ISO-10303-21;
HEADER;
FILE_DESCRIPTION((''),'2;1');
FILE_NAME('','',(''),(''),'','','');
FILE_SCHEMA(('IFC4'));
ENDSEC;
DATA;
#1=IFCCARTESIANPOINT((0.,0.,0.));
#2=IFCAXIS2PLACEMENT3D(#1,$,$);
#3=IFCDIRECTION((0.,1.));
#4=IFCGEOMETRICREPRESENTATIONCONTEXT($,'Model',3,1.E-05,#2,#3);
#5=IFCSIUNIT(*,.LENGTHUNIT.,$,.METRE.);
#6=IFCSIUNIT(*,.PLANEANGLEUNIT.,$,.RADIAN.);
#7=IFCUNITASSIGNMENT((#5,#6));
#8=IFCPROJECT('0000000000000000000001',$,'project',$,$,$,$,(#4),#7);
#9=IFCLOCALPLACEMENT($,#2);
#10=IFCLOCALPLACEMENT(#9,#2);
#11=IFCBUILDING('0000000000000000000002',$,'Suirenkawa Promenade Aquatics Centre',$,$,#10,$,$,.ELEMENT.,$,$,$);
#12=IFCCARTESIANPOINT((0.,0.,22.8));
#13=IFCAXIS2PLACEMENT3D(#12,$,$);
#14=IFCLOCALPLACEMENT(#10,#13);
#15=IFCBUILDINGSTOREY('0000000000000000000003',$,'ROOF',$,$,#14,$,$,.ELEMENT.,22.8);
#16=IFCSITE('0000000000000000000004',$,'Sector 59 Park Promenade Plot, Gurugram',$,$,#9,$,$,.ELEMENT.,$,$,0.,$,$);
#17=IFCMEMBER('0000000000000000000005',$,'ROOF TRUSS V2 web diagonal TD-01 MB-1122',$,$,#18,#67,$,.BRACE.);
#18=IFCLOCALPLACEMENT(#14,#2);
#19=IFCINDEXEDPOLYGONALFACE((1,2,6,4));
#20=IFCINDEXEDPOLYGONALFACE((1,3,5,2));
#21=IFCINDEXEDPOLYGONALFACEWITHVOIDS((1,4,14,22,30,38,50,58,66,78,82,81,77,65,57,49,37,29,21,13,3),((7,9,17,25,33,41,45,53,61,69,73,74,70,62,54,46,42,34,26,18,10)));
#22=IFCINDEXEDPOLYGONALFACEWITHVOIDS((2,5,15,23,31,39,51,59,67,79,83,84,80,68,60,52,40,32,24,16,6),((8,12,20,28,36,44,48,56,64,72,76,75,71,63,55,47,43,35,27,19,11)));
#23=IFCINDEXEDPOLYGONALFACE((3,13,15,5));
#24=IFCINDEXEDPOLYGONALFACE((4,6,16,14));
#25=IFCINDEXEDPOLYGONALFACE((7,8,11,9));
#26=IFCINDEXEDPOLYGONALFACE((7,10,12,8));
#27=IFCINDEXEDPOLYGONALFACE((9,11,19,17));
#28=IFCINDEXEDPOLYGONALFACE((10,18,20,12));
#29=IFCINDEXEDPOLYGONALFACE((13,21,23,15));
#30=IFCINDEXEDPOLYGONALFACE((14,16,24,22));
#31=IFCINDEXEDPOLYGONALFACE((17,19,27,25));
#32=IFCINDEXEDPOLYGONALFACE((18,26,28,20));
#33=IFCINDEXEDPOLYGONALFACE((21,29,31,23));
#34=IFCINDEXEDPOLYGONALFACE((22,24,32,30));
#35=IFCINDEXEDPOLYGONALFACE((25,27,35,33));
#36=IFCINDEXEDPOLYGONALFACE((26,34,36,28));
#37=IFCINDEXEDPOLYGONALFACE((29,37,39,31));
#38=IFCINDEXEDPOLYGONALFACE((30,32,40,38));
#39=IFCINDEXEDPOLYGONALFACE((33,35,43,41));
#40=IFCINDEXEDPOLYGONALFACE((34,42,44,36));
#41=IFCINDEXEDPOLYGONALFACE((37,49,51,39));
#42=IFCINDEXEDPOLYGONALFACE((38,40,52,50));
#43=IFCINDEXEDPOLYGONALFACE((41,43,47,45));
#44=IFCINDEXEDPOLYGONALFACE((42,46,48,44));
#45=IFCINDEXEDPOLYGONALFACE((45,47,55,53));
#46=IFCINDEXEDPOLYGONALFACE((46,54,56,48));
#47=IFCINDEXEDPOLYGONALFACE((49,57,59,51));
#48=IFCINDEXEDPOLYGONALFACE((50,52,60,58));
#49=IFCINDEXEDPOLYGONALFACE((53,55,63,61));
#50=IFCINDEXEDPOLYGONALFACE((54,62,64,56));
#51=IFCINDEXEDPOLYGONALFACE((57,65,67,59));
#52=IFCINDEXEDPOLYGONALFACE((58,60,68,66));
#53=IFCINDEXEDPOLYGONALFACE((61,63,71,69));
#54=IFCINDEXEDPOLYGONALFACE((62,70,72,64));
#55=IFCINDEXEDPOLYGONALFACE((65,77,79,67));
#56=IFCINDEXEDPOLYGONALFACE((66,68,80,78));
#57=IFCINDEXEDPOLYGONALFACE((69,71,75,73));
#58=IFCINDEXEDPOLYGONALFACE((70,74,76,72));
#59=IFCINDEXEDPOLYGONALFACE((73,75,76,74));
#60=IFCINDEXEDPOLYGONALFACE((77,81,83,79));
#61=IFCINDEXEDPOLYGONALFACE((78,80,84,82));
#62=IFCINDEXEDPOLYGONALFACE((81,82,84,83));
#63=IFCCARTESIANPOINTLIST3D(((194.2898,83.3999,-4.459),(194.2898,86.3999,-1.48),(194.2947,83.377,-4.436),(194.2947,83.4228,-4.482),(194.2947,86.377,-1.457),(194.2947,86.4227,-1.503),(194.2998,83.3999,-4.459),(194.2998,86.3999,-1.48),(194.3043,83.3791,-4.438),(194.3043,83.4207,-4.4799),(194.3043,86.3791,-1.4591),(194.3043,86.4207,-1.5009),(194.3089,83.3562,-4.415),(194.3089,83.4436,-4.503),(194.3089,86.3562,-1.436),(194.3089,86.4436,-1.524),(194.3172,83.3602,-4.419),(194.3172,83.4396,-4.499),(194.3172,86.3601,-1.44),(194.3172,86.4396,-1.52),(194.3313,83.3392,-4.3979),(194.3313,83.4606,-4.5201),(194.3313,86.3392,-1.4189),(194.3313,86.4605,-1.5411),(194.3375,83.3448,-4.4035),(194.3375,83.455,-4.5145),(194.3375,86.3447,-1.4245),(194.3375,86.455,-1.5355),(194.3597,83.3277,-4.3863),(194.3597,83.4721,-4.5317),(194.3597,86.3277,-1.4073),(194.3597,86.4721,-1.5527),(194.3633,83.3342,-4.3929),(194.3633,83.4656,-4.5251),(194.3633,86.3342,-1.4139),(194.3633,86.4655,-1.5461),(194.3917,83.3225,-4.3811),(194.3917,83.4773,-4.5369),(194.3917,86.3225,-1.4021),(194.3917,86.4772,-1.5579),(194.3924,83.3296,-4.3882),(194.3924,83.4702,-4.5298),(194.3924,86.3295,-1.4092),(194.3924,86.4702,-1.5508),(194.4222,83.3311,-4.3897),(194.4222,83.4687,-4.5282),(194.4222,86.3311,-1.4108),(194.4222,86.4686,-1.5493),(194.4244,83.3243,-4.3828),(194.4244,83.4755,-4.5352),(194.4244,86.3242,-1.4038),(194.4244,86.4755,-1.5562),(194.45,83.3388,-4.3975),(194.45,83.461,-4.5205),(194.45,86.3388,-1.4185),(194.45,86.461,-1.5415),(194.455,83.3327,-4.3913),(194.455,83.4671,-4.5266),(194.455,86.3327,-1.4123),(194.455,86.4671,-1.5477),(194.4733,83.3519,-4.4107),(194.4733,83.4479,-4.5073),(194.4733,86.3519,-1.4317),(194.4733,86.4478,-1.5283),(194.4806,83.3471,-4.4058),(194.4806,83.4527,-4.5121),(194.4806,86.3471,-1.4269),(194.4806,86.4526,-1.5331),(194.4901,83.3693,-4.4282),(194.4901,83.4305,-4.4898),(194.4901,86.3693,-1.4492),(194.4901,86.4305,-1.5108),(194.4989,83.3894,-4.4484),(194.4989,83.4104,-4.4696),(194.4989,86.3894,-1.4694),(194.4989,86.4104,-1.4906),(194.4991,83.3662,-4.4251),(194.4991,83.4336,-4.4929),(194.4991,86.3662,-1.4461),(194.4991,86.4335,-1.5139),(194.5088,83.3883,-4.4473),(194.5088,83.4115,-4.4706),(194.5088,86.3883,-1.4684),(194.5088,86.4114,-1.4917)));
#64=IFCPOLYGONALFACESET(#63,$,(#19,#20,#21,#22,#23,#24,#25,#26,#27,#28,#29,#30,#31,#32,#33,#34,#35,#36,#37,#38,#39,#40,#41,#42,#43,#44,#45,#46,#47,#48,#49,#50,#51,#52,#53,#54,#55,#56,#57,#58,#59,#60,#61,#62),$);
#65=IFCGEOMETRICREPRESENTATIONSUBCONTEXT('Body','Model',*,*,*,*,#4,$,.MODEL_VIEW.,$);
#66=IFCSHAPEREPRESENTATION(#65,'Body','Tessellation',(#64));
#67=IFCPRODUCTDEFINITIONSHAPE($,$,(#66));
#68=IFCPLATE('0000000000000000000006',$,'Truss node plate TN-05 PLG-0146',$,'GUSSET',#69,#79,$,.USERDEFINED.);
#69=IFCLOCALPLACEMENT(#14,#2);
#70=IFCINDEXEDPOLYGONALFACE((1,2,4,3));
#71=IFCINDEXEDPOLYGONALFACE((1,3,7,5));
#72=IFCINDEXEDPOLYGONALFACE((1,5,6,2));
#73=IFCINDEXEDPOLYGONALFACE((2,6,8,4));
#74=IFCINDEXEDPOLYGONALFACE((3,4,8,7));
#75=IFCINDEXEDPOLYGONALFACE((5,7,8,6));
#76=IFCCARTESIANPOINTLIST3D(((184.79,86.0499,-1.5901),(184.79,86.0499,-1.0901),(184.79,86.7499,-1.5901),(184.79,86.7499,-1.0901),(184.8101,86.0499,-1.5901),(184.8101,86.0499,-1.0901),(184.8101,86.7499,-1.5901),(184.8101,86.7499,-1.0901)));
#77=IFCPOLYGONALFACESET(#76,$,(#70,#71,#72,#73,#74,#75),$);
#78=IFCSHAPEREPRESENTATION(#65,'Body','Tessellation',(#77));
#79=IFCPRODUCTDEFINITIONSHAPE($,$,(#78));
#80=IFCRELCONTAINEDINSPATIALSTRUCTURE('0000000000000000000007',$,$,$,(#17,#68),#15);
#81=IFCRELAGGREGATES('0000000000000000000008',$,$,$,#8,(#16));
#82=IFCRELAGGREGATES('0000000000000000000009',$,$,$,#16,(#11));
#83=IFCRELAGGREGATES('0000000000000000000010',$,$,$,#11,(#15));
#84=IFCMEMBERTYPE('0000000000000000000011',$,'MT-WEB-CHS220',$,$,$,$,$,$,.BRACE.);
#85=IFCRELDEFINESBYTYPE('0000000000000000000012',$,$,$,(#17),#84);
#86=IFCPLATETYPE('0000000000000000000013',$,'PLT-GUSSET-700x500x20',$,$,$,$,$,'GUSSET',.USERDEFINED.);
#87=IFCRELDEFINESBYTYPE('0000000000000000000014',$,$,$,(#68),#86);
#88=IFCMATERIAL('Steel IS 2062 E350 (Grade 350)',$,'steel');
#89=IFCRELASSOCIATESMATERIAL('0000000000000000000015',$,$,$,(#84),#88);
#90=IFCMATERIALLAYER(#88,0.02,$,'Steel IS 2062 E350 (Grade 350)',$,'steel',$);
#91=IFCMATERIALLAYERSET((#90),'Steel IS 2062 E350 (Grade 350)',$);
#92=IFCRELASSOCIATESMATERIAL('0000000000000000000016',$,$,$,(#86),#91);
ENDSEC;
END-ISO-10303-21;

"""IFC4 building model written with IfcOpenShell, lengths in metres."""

from ifc_helpers import new_model, si_unit, direction, frame, origin, origin_2d, place, context, subcontext, project, spatial, rectangle, hollow_circle, extrude, material, layer, layer_set, material_profile, profile_set, type_object, element, save


model = new_model("IFC4")

# Units and contexts
model_context = context("Model", 3, precision=1e-05, world=origin(), true_north=direction((0.0, 1.0)))
body_context = subcontext(model_context, "Body", "Model", "MODEL_VIEW")
ifc_project = project(units=[si_unit("LENGTHUNIT", "METRE"), si_unit("PLANEANGLEUNIT", "RADIAN")], contexts=[model_context])

# Site, building, storey
site_placement = place(None, origin())
site = spatial("IfcSite", under=ifc_project, at=site_placement, Name="Sector 59 Park Promenade Plot, Gurugram", CompositionType="ELEMENT", RefElevation=0.0)
building_placement = place(site_placement, origin())
building = spatial("IfcBuilding", under=site, at=building_placement, Name="Suirenkawa Promenade Aquatics Centre", CompositionType="ELEMENT")
storey_placement = place(building_placement, frame((0.0, 0.0, 22.8)))
storey = spatial("IfcBuildingStorey", under=building, at=storey_placement, Name="ROOF", CompositionType="ELEMENT", Elevation=22.8)

# Shared definitions
ifc_material = material(Name="Steel IS 2062 E350 (Grade 350)", Category="steel")

# Member
ifc_material_profile_1 = material_profile(ifc_material, hollow_circle(Radius=0.1101, WallThickness=0.01, at=origin_2d()), Name="CHS 220x10", Category="steel")
ifc_profile_set_1 = profile_set([ifc_material_profile_1], Name="Steel IS 2062 E350 (Grade 350)")
member_type_1 = type_object("IfcMemberType", Name="MT-WEB-CHS220", PredefinedType="BRACE", material=ifc_profile_set_1)
member_1_placement = place(storey_placement, frame((194.3999, 83.3999, -4.459), z_axis=(0.0, 0.709586, 0.704619), x_axis=(-1.0, 0.0, 0.0)))
element("IfcMember", 1, at=member_1_placement, inside=storey, type_object=member_type_1, Name="ROOF TRUSS V2 web diagonal TD-01 MB-1122", PredefinedType="BRACE", context=body_context, shape_type="SweptSolid", body=[
    extrude(hollow_circle(Radius=0.1101, WallThickness=0.01, at=origin_2d()), origin(), (0.0, 0.0, 1.0), 4.2278),
])

# Plate
ifc_layer = layer(ifc_material, 0.02, Name="Steel IS 2062 E350 (Grade 350)", Category="steel")
ifc_layer_set = layer_set([ifc_layer], Name="Steel IS 2062 E350 (Grade 350)")
plate_type = type_object("IfcPlateType", Name="PLT-GUSSET-700x500x20", ElementType="GUSSET", PredefinedType="USERDEFINED", material=ifc_layer_set)
plate_placement = place(storey_placement, frame((184.8, 86.3999, -1.5901), z_axis=(0.0, 0.0, 1.0), x_axis=(0.0, 1.0, 0.0)))
element("IfcPlate", 2, at=plate_placement, inside=storey, type_object=plate_type, Name="Truss node plate TN-05 PLG-0146", ObjectType="GUSSET", PredefinedType="USERDEFINED", context=body_context, shape_type="SweptSolid", body=[
    extrude(rectangle(XDim=0.7, YDim=0.02, at=origin_2d()), origin(), (0.0, 0.0, 1.0), 0.5),
])

save(model, "model.ifc")
